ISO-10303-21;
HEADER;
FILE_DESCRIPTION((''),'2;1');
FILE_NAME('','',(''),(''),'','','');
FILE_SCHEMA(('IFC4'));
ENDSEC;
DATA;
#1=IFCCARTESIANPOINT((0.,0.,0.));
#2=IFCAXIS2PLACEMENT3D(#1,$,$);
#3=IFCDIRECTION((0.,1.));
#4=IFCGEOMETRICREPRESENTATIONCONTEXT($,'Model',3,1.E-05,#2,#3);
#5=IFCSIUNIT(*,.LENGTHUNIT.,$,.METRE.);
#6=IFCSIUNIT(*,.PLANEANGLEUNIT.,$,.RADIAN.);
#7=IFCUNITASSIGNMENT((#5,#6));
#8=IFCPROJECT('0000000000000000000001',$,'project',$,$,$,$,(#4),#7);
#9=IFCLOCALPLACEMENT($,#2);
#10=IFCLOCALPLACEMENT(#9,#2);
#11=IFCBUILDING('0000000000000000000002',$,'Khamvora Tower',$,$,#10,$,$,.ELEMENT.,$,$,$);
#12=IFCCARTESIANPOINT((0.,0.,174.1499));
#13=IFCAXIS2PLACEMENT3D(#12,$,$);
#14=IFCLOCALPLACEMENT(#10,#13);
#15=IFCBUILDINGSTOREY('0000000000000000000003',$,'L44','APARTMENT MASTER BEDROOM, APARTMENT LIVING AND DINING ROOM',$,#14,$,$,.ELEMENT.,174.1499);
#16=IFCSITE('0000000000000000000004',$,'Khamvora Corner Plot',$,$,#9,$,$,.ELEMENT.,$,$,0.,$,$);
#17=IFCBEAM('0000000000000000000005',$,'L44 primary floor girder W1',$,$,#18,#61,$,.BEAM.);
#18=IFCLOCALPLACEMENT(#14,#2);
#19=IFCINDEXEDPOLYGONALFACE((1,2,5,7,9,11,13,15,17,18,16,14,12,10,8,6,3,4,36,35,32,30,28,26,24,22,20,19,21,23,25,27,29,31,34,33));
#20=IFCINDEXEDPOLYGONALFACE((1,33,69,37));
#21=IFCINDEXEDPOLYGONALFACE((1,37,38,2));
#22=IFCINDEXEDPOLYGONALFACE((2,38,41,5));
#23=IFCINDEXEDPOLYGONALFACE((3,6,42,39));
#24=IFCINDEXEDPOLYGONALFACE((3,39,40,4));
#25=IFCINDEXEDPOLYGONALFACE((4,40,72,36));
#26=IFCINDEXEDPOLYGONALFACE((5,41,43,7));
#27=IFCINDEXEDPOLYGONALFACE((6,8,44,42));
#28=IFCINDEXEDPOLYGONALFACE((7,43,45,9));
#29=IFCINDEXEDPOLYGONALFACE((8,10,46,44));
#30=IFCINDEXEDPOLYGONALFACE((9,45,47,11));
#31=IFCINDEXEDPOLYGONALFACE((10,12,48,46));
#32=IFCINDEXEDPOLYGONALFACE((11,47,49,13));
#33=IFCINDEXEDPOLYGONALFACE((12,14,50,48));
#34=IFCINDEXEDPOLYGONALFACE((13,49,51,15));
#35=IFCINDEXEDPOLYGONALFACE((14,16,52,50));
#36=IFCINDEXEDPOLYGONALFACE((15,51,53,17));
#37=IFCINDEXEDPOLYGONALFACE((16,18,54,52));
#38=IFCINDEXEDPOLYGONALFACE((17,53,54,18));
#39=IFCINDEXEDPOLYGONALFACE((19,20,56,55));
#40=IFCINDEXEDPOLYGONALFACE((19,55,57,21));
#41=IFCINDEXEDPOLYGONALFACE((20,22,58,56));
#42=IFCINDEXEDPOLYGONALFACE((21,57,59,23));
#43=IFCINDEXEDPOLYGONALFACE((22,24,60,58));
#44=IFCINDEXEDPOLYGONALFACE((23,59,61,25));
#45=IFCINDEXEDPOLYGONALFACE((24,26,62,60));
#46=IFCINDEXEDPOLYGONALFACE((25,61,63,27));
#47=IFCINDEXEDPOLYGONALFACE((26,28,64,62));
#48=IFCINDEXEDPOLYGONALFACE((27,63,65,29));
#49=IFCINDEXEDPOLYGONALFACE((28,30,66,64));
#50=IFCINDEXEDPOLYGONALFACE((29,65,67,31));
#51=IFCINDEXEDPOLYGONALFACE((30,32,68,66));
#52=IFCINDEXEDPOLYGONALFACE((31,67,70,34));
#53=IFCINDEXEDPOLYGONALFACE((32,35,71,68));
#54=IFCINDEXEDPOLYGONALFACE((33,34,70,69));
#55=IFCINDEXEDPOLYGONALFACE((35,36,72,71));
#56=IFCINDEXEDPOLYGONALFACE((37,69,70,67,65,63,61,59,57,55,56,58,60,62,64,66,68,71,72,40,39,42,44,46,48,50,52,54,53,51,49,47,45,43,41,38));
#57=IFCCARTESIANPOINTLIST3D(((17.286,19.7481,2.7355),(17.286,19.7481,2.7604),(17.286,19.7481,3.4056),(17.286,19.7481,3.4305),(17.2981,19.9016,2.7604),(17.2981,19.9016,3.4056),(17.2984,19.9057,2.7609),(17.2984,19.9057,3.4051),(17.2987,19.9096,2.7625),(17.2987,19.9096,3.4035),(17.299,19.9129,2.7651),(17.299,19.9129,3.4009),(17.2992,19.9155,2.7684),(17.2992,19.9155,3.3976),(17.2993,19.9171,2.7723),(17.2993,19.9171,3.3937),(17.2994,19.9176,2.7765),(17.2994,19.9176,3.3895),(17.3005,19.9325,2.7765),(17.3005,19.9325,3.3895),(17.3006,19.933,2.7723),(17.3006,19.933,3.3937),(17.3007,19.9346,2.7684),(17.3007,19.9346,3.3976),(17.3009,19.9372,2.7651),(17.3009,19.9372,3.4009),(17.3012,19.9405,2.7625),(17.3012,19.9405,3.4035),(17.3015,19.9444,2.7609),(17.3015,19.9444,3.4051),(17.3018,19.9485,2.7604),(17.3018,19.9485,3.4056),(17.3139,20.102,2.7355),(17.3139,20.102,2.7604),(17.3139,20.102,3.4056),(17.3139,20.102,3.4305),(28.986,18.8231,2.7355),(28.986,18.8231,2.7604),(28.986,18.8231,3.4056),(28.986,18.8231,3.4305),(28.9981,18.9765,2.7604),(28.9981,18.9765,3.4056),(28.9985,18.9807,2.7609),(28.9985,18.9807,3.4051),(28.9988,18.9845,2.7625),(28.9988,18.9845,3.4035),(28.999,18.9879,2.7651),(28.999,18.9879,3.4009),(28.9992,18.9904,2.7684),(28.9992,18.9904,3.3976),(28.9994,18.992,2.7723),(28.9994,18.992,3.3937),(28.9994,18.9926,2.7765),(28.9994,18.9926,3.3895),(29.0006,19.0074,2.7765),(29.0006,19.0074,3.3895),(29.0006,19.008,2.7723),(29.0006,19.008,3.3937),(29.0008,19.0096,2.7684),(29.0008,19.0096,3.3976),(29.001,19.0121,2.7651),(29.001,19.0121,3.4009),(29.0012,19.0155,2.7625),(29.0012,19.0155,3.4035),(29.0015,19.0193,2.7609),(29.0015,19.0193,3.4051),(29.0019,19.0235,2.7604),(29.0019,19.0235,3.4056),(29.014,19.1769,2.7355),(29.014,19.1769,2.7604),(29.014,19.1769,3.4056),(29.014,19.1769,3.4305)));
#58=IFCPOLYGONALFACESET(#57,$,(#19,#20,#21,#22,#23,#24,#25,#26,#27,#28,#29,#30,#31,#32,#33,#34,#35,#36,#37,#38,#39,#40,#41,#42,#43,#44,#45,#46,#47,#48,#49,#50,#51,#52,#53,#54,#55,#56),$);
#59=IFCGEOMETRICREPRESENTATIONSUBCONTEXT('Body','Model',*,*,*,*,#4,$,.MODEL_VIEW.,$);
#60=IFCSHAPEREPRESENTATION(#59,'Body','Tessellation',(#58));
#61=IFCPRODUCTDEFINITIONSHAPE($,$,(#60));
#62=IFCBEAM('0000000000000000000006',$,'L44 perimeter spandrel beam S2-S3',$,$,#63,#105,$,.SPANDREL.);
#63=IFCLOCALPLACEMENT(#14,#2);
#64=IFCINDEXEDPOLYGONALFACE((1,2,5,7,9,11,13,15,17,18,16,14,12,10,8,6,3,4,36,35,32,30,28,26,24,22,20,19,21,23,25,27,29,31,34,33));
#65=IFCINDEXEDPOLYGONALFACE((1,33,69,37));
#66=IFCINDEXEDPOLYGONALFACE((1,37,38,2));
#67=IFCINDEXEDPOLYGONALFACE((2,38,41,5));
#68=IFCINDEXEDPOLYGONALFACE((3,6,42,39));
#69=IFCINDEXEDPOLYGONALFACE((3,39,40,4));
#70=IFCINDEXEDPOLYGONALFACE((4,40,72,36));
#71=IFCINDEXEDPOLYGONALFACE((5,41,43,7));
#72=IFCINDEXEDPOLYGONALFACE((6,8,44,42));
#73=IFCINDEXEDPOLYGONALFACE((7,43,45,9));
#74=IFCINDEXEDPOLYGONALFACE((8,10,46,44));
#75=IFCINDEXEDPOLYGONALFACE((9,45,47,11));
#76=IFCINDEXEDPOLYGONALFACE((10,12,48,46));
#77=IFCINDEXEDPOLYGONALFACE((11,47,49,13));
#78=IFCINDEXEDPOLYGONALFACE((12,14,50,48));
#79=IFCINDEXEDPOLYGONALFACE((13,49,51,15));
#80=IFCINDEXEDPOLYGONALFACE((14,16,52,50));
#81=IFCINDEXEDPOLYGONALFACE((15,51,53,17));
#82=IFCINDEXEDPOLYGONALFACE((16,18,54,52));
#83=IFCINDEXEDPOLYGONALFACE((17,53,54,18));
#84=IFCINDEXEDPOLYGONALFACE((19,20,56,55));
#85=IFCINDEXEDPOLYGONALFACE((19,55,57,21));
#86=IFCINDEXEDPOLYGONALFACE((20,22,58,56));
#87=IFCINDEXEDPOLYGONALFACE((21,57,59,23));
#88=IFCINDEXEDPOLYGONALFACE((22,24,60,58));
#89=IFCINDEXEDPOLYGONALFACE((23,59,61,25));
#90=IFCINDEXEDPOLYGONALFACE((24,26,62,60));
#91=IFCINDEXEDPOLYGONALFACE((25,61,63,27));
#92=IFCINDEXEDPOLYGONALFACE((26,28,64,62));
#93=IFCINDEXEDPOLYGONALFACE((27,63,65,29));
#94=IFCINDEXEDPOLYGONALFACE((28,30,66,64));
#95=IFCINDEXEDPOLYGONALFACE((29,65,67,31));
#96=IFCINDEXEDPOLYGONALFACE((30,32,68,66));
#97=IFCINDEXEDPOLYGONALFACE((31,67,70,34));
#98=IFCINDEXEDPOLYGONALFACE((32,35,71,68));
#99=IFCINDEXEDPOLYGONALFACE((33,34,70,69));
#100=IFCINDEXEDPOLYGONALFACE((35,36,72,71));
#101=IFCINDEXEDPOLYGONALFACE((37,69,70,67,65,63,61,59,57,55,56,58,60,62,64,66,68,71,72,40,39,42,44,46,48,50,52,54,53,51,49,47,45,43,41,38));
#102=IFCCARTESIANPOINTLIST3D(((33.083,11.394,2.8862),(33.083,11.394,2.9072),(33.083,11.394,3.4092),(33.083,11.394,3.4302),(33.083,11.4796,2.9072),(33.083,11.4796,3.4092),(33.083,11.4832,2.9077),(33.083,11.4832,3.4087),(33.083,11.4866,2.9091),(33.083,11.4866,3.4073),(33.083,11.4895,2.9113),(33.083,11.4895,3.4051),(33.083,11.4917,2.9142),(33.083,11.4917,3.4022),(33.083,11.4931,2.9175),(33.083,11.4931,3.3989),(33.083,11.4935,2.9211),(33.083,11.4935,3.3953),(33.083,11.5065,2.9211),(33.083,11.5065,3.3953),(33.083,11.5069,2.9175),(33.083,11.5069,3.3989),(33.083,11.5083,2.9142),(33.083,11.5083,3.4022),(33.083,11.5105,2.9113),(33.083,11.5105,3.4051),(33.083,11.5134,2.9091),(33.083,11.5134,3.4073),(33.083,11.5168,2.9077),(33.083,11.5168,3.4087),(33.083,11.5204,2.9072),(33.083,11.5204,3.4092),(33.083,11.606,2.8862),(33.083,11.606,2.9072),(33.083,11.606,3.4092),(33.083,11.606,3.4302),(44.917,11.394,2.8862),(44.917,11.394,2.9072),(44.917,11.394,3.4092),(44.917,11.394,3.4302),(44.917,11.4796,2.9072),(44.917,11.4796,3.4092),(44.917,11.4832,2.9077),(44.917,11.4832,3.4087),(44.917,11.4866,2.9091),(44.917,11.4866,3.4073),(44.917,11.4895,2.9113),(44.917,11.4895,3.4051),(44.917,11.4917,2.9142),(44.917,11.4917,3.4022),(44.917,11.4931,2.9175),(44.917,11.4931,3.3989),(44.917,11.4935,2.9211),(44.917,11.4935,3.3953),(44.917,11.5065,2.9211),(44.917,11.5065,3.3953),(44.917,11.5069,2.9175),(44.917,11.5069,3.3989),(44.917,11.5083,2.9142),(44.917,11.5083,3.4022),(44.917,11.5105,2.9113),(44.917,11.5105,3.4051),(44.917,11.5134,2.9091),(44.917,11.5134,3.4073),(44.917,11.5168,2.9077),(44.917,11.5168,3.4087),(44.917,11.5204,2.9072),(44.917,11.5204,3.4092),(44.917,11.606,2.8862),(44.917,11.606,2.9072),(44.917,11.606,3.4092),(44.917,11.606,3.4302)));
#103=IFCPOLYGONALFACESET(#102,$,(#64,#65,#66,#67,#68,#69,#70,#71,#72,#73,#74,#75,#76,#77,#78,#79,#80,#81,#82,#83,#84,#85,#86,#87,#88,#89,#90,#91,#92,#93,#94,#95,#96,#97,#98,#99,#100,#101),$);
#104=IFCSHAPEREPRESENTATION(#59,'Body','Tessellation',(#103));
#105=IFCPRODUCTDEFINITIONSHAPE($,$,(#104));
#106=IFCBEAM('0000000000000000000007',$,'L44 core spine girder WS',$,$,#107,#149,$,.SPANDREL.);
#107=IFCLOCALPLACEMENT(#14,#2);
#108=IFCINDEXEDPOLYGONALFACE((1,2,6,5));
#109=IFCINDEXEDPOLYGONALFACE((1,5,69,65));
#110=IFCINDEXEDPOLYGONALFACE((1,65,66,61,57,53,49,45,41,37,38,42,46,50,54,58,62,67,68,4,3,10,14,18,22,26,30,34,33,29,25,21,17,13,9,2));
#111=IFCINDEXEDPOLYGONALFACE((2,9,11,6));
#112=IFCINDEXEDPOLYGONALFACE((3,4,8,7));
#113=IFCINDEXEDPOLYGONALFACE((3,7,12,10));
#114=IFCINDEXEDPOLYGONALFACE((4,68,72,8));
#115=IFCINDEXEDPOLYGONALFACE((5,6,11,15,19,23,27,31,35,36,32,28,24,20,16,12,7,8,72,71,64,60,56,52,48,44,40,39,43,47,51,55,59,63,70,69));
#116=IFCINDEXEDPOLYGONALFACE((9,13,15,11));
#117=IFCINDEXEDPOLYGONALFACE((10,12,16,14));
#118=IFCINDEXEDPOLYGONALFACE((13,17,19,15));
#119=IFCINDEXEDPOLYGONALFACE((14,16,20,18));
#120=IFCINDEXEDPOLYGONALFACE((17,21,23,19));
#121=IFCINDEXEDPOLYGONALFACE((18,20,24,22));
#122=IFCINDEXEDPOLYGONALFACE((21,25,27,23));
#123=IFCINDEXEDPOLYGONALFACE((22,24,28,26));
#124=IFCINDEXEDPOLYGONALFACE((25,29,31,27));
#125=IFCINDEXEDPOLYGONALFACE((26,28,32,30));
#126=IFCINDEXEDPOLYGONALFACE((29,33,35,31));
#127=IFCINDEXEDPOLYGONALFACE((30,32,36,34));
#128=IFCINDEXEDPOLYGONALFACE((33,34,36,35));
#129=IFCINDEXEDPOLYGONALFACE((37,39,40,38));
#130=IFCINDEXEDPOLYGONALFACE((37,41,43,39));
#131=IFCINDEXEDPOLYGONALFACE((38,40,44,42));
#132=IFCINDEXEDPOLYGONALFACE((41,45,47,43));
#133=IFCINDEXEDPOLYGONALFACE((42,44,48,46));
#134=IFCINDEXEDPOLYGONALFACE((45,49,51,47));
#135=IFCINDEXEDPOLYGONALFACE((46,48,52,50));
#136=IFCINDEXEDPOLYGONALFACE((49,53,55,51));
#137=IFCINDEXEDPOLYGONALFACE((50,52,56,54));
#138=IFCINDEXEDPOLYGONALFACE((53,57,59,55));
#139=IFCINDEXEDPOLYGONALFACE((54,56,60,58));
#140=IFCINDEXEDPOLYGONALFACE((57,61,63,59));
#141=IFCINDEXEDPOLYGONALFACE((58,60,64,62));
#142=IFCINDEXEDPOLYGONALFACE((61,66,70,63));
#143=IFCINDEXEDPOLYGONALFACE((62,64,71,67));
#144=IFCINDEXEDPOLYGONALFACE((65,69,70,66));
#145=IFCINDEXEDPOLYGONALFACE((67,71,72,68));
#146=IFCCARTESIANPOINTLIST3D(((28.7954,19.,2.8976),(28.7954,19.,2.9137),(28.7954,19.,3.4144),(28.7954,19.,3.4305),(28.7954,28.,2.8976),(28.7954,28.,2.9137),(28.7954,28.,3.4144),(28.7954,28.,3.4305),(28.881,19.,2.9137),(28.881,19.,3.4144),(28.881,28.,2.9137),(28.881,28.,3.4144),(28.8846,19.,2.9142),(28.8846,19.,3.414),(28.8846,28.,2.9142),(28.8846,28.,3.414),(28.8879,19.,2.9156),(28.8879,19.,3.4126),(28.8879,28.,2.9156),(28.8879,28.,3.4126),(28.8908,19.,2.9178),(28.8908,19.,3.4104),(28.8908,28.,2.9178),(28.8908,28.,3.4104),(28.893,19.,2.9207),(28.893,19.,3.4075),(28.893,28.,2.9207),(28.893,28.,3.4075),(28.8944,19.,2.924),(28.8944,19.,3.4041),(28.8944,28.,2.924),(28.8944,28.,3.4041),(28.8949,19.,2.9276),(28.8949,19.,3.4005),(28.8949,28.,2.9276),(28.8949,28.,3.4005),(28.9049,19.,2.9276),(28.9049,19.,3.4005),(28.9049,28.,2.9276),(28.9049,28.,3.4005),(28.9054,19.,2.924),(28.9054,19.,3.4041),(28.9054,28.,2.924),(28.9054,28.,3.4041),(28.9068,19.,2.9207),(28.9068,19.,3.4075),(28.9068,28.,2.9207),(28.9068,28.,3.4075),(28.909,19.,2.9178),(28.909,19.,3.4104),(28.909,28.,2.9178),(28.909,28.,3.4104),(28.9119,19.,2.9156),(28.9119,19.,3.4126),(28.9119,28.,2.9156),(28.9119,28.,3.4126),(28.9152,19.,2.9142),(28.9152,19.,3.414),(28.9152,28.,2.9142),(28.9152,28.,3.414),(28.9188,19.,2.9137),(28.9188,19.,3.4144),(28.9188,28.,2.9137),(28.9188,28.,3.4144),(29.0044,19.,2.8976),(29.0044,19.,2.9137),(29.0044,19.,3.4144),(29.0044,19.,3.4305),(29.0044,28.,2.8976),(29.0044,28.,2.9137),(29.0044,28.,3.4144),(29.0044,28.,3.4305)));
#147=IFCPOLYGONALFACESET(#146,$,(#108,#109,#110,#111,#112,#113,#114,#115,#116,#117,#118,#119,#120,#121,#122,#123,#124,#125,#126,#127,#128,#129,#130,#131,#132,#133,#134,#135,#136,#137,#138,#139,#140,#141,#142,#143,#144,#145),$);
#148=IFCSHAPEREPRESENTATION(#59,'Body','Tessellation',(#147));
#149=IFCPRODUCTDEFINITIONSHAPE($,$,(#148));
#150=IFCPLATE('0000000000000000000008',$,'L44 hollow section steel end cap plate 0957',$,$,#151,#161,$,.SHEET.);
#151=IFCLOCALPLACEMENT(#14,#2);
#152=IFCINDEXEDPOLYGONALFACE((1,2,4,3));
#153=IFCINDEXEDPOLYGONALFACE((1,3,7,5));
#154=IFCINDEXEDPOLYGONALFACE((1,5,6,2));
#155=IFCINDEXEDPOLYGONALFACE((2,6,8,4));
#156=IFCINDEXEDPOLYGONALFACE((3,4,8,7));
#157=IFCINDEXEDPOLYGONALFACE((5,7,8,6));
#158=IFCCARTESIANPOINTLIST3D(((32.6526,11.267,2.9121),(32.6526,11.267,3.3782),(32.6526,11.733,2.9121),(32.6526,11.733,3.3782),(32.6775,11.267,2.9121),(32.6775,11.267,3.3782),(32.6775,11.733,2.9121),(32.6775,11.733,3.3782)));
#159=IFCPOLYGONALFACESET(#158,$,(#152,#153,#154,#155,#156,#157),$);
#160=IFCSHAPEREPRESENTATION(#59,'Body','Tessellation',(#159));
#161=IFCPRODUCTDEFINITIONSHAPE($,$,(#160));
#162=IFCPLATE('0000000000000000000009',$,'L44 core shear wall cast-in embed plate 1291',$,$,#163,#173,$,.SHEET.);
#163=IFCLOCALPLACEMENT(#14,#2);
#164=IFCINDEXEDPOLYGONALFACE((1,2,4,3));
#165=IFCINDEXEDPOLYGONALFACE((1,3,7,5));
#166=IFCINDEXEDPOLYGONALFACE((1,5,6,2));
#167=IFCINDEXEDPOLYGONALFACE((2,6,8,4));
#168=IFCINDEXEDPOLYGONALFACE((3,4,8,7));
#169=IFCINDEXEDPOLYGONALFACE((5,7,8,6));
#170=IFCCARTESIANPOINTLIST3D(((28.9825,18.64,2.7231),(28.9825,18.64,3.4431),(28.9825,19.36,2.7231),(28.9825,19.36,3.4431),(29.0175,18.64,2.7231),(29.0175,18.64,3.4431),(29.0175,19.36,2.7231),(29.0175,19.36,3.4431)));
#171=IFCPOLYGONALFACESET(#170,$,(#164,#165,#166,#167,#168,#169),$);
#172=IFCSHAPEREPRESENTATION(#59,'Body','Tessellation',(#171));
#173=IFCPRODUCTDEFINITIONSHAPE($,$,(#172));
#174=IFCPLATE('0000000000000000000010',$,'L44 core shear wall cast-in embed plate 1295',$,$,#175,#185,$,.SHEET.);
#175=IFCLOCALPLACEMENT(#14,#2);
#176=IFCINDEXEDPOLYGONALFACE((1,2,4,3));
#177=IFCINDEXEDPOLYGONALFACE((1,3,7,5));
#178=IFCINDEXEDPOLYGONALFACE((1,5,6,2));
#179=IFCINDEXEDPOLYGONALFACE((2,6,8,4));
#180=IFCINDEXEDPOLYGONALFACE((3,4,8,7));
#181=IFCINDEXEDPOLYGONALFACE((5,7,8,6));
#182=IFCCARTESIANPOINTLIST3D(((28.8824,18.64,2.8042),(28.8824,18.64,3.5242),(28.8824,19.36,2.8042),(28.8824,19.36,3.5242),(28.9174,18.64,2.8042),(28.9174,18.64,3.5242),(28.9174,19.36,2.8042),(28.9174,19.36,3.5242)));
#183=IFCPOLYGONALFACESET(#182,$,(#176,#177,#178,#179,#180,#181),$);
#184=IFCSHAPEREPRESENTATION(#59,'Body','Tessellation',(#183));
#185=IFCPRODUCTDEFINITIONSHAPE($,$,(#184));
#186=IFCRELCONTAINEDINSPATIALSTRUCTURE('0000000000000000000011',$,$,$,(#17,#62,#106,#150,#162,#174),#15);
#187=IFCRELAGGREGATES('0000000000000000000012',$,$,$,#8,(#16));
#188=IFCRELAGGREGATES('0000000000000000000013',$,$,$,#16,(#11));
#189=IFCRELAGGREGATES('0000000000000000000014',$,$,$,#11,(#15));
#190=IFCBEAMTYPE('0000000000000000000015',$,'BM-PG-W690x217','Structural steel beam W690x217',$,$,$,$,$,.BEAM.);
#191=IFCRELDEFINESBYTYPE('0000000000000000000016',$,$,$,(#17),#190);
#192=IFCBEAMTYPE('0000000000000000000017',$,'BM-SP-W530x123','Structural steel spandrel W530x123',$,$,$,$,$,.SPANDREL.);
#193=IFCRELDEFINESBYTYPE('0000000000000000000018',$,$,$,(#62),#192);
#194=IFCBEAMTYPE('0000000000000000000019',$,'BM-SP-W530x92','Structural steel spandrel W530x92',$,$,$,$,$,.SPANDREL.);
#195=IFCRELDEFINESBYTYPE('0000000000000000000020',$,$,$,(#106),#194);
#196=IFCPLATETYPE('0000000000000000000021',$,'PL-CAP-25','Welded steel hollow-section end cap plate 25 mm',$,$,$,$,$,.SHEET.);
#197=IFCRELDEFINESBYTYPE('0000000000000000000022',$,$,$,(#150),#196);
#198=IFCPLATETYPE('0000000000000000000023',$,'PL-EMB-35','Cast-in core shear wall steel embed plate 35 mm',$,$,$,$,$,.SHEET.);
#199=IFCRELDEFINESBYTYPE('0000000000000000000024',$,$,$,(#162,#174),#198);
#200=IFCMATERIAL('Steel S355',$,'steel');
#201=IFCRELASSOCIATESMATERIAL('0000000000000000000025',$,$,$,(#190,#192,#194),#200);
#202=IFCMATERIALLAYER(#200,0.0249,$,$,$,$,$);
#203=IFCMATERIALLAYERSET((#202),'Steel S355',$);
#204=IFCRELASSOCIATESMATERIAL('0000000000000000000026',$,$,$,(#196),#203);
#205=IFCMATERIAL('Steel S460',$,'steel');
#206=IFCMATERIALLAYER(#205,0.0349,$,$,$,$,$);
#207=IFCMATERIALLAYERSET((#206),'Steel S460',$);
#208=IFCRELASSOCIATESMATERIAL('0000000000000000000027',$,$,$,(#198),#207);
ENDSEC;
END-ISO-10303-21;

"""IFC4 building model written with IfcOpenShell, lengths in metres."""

from ifc_helpers import new_model, si_unit, direction, frame, origin, origin_2d, place, context, subcontext, project, spatial, rectangle, i_section, extrude, material, layer, layer_set, material_profile, profile_set, type_object, element, save


model = new_model("IFC4")

# Units and contexts
model_context = context("Model", 3, precision=1e-05, world=origin(), true_north=direction((0.0, 1.0)))
body_context = subcontext(model_context, "Body", "Model", "MODEL_VIEW")
ifc_project = project(units=[si_unit("LENGTHUNIT", "METRE"), si_unit("PLANEANGLEUNIT", "RADIAN")], contexts=[model_context])

# Site, building, storey
site_placement = place(None, origin())
site = spatial("IfcSite", under=ifc_project, at=site_placement, Name="Khamvora Corner Plot", CompositionType="ELEMENT", RefElevation=0.0)
building_placement = place(site_placement, origin())
building = spatial("IfcBuilding", under=site, at=building_placement, Name="Khamvora Tower", CompositionType="ELEMENT")
storey_placement = place(building_placement, frame((0.0, 0.0, 174.1499)))
storey = spatial("IfcBuildingStorey", under=building, at=storey_placement, Name="L44", Description="APARTMENT MASTER BEDROOM, APARTMENT LIVING AND DINING ROOM", CompositionType="ELEMENT", Elevation=174.1499)

# Shared definitions
ifc_material_1 = material(Name="Steel S460", Category="steel")
ifc_material_2 = material(Name="Steel S355", Category="steel")

# Beams
ifc_material_profile_1 = material_profile(ifc_material_2, i_section(OverallWidth=0.355, OverallDepth=0.6951, WebThickness=0.0149, FlangeThickness=0.0249, FilletRadius=0.0161, at=origin_2d()), Name="W690x217")
ifc_profile_set_1 = profile_set([ifc_material_profile_1], Name="Steel S355")
beam_type_1 = type_object("IfcBeamType", Name="BM-PG-W690x217", Description="Structural steel beam W690x217", PredefinedType="BEAM", material=ifc_profile_set_1)
beam_1_placement = place(storey_placement, frame((29.0, 19.0, 3.083), z_axis=(-0.996889, 0.078818, 0.0), x_axis=(-0.078818, -0.996889, 0.0)))
element("IfcBeam", 1, at=beam_1_placement, inside=storey, type_object=beam_type_1, Name="L44 primary floor girder W1", PredefinedType="BEAM", context=body_context, shape_type="SweptSolid", body=[
    extrude(i_section(OverallWidth=0.355, OverallDepth=0.6951, WebThickness=0.0149, FlangeThickness=0.0249, FilletRadius=0.0161, at=origin_2d()), origin(), (0.0, 0.0, 1.0), 11.7366),
])
ifc_material_profile_2 = material_profile(ifc_material_2, i_section(OverallWidth=0.2119, OverallDepth=0.5439, WebThickness=0.0129, FlangeThickness=0.021, FilletRadius=0.0139, at=origin_2d()), Name="W530x123")
ifc_profile_set_2 = profile_set([ifc_material_profile_2], Name="Steel S355")
beam_type_2 = type_object("IfcBeamType", Name="BM-SP-W530x123", Description="Structural steel spandrel W530x123", PredefinedType="SPANDREL", material=ifc_profile_set_2)
beam_2_placement = place(storey_placement, frame((33.083, 11.5, 3.1582), z_axis=(1.0, 0.0, 0.0), x_axis=(0.0, 1.0, 0.0)))
element("IfcBeam", 2, at=beam_2_placement, inside=storey, type_object=beam_type_2, Name="L44 perimeter spandrel beam S2-S3", PredefinedType="SPANDREL", context=body_context, shape_type="SweptSolid", body=[
    extrude(i_section(OverallWidth=0.2119, OverallDepth=0.5439, WebThickness=0.0129, FlangeThickness=0.021, FilletRadius=0.0139, at=origin_2d()), origin(), (0.0, 0.0, 1.0), 11.834),
])
ifc_material_profile_3 = material_profile(ifc_material_2, i_section(OverallWidth=0.209, OverallDepth=0.533, WebThickness=0.01, FlangeThickness=0.0161, FilletRadius=0.0139, at=origin_2d()), Name="W530x92")
ifc_profile_set_3 = profile_set([ifc_material_profile_3], Name="Steel S355")
beam_type_3 = type_object("IfcBeamType", Name="BM-SP-W530x92", Description="Structural steel spandrel W530x92", PredefinedType="SPANDREL", material=ifc_profile_set_3)
beam_3_placement = place(storey_placement, frame((28.8999, 19.0, 3.1641), z_axis=(0.0, 1.0, 0.0), x_axis=(-1.0, 0.0, 0.0)))
element("IfcBeam", 3, at=beam_3_placement, inside=storey, type_object=beam_type_3, Name="L44 core spine girder WS", PredefinedType="SPANDREL", context=body_context, shape_type="SweptSolid", body=[
    extrude(i_section(OverallWidth=0.209, OverallDepth=0.533, WebThickness=0.01, FlangeThickness=0.0161, FilletRadius=0.0139, at=origin_2d()), origin(), (0.0, 0.0, 1.0), 9.0),
])

# Plates
ifc_layer_1 = layer(ifc_material_2, 0.0249)
ifc_layer_set_1 = layer_set([ifc_layer_1], Name="Steel S355")
plate_type_1 = type_object("IfcPlateType", Name="PL-CAP-25", Description="Welded steel hollow-section end cap plate 25 mm", PredefinedType="SHEET", material=ifc_layer_set_1)
plate_1_placement = place(storey_placement, frame((32.665, 11.5, 2.9121), z_axis=(0.0, 0.0, 1.0), x_axis=(1.0, 0.0, 0.0)))
element("IfcPlate", 4, at=plate_1_placement, inside=storey, type_object=plate_type_1, Name="L44 hollow section steel end cap plate 0957", PredefinedType="SHEET", context=body_context, shape_type="SweptSolid", body=[
    extrude(rectangle(XDim=0.0249, YDim=0.4661, at=origin_2d()), origin(), (0.0, 0.0, 1.0), 0.4661),
])
ifc_layer_2 = layer(ifc_material_1, 0.0349)
ifc_layer_set_2 = layer_set([ifc_layer_2], Name="Steel S460")
plate_type_2 = type_object("IfcPlateType", Name="PL-EMB-35", Description="Cast-in core shear wall steel embed plate 35 mm", PredefinedType="SHEET", material=ifc_layer_set_2)
for number, where, z_axis, x_axis, name in (
    (5, (29.0, 19.0, 2.7231), (0.0, 0.0, 1.0), (1.0, 0.0, 0.0), "L44 core shear wall cast-in embed plate 1291"),
    (6, (28.8999, 19.0, 2.8042), (0.0, 0.0, 1.0), (1.0, 0.0, 0.0), "L44 core shear wall cast-in embed plate 1295"),
):
    element("IfcPlate", number, at=place(storey_placement, frame(where, z_axis=z_axis, x_axis=x_axis)), inside=storey, type_object=plate_type_2, Name=name, PredefinedType="SHEET", context=body_context, shape_type="SweptSolid", body=[
        extrude(rectangle(XDim=0.0349, YDim=0.72, at=origin_2d()), origin(), (0.0, 0.0, 1.0), 0.72),
    ])

save(model, "model.ifc")
